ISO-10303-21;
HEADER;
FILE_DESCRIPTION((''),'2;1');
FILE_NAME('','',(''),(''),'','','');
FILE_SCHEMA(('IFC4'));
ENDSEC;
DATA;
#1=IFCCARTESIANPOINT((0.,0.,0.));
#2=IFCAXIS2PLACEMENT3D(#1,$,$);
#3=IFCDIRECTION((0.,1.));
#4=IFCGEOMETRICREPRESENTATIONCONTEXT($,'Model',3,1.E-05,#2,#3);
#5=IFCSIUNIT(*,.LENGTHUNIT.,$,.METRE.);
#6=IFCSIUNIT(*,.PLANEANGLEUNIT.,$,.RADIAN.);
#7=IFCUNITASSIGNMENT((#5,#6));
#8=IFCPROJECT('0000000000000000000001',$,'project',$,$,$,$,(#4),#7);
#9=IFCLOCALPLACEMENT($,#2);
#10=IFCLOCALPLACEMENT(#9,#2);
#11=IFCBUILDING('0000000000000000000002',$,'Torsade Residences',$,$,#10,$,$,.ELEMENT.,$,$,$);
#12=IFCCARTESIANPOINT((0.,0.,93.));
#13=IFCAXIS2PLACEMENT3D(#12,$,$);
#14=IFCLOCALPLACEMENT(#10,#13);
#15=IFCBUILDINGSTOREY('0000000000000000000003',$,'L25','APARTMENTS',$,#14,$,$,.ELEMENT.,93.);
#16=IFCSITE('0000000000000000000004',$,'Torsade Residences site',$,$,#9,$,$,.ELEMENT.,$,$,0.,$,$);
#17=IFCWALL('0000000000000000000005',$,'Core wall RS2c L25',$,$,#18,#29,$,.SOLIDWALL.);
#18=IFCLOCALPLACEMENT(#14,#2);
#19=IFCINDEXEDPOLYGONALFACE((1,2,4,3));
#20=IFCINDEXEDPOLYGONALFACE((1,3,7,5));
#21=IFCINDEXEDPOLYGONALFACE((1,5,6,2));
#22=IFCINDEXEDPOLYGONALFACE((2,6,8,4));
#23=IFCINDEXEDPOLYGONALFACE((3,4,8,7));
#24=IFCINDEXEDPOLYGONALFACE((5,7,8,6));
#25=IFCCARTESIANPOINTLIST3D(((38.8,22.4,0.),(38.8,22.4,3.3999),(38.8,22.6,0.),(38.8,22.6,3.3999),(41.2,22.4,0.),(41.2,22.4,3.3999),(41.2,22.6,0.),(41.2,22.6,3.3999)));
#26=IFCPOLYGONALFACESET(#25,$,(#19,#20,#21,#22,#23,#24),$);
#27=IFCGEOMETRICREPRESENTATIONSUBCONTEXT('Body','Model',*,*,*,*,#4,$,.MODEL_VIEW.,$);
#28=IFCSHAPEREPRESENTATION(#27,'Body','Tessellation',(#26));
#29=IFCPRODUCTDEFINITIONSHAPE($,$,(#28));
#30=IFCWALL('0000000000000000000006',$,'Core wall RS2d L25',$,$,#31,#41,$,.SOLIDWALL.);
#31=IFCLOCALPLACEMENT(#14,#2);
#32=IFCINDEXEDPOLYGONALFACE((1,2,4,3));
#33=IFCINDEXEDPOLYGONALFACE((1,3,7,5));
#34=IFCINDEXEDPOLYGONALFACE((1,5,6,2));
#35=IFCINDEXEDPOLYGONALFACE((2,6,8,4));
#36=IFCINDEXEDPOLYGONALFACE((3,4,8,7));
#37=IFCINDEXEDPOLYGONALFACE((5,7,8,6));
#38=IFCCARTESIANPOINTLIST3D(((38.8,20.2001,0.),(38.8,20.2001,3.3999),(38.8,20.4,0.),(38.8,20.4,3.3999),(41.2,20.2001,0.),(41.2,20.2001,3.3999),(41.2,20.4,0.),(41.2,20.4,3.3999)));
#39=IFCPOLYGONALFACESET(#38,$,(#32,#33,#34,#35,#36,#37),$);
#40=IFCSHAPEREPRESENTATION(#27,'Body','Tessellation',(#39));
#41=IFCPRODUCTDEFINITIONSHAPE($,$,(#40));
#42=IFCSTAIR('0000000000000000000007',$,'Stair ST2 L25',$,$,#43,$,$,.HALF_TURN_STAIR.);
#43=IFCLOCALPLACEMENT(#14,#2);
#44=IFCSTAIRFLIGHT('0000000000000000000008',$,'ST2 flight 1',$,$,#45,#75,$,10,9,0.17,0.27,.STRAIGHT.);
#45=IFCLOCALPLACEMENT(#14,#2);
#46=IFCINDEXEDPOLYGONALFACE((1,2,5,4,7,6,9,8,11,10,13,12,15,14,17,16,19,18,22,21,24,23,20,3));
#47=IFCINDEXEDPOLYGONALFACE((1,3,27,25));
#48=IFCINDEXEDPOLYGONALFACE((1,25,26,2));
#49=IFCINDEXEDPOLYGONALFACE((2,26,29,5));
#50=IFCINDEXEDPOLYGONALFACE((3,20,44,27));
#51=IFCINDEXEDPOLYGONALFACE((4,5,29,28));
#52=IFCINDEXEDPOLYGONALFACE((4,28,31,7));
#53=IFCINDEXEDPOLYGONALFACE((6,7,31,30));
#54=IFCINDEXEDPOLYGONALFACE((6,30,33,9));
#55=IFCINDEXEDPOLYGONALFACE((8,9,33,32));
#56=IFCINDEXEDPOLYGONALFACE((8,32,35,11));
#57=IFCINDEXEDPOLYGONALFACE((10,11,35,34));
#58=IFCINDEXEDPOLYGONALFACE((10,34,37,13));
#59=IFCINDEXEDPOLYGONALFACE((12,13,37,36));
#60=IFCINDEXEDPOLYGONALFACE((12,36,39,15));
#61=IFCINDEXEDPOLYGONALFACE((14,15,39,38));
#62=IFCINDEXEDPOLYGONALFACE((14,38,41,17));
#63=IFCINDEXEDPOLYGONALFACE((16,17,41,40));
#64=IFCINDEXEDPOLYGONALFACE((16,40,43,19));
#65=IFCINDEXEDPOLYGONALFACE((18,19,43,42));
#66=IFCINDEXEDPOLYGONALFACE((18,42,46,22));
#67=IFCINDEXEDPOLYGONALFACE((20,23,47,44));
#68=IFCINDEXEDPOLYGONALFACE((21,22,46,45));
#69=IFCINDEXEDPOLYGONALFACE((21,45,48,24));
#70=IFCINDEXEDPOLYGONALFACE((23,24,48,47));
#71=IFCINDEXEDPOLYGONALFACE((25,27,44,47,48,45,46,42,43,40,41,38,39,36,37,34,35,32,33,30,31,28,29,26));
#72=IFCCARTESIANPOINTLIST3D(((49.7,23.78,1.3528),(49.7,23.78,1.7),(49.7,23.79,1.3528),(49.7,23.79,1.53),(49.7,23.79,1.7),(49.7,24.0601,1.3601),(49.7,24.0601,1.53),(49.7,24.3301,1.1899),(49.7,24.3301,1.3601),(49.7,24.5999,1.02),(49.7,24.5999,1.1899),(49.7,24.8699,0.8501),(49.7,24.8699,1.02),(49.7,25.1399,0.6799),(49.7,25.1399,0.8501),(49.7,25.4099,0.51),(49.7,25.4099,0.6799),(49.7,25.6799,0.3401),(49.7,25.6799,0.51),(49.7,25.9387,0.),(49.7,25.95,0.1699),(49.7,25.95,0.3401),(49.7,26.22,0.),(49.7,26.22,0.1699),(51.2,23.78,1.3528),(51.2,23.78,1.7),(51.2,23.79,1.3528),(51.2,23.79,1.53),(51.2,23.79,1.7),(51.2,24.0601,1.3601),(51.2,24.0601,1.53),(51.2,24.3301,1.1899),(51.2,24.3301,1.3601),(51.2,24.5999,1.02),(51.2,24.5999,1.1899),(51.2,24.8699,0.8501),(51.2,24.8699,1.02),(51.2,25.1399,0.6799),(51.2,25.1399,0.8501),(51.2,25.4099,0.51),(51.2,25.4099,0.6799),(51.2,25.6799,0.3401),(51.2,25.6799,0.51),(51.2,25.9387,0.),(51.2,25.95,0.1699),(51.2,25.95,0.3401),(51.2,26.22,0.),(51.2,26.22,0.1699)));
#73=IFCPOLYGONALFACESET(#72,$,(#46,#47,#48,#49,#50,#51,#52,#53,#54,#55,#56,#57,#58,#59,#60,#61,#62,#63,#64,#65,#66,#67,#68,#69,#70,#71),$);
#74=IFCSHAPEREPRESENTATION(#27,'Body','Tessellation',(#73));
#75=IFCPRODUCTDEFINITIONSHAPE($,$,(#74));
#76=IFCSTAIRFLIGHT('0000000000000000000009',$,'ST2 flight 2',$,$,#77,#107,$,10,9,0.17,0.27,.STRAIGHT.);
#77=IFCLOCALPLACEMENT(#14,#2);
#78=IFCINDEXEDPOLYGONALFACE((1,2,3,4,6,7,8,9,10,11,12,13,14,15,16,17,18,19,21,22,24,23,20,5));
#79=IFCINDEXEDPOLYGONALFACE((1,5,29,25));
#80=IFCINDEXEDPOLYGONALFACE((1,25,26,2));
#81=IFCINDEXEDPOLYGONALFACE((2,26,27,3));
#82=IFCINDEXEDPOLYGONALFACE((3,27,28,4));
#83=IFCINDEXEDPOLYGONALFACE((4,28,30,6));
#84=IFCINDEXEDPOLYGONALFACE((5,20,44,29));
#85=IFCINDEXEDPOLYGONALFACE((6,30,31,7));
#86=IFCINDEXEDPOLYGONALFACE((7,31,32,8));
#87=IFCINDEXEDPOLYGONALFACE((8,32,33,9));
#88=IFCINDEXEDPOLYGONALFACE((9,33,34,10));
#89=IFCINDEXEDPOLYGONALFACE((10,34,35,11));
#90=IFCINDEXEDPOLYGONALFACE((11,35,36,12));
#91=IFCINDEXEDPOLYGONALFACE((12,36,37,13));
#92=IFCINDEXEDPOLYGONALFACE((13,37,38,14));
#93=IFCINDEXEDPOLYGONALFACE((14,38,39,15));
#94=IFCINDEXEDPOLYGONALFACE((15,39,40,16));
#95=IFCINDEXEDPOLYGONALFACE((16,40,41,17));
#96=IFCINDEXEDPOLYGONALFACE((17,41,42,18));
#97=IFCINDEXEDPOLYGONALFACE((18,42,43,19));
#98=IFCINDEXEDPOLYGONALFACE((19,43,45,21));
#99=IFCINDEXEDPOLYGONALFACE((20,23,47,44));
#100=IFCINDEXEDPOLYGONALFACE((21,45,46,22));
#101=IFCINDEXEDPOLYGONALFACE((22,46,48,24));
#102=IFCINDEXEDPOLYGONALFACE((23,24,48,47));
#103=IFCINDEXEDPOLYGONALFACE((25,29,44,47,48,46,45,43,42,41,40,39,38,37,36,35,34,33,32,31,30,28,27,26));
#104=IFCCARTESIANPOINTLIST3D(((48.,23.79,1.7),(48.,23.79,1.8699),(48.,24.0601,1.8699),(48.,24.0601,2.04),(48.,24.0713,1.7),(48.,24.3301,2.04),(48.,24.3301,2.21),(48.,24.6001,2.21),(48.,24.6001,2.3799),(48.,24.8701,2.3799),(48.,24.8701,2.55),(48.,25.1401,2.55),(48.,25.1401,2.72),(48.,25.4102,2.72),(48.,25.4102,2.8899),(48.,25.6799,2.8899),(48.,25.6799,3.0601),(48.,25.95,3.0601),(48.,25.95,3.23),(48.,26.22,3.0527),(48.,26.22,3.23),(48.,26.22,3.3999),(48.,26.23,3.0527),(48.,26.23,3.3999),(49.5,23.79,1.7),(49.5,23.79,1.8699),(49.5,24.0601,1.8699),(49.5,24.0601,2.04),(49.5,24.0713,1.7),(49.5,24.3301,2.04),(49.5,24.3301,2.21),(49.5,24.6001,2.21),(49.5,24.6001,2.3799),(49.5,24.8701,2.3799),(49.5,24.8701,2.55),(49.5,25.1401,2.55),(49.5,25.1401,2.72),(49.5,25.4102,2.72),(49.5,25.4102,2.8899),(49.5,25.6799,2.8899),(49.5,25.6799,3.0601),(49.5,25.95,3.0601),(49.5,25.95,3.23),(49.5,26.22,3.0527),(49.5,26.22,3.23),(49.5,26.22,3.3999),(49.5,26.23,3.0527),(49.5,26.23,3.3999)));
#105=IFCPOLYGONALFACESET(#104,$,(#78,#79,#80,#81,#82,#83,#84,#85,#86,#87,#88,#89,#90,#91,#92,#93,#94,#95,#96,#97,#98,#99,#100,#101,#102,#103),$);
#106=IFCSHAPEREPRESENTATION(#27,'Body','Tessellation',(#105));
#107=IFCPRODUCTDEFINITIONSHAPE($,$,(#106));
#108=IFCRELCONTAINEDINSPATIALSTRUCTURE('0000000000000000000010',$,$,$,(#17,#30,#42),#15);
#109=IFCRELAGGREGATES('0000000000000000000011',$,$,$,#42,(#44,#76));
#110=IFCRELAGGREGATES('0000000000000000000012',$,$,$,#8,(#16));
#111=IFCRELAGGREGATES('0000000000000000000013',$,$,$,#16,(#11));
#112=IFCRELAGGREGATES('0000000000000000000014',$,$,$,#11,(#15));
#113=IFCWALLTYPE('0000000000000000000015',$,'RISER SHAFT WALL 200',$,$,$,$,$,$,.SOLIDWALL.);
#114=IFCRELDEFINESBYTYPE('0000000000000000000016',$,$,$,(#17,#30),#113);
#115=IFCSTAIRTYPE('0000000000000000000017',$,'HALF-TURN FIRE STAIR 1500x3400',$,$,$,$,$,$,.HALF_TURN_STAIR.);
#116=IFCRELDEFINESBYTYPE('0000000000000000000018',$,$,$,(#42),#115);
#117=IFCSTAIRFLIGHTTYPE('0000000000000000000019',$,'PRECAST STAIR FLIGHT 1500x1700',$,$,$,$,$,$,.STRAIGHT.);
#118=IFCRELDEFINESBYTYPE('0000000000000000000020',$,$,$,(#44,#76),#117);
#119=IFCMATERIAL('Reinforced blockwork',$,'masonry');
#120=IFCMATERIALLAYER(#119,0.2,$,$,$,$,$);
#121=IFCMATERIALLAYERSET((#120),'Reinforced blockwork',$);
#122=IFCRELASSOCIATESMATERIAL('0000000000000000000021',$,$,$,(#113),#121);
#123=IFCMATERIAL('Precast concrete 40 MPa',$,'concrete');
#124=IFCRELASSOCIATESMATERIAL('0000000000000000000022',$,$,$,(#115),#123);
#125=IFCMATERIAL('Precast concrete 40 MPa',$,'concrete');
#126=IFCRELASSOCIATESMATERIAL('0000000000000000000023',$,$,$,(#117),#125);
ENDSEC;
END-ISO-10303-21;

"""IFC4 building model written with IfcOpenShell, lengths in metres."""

from ifc_helpers import new_model, si_unit, direction, frame, frame_2d, origin, place, context, subcontext, project, spatial, polyline, rectangle, outline, extrude, material, layer, layer_set, type_object, element, aggregate, save


model = new_model("IFC4")

# Units and contexts
model_context = context("Model", 3, precision=1e-05, world=origin(), true_north=direction((0.0, 1.0)))
body_context = subcontext(model_context, "Body", "Model", "MODEL_VIEW")
ifc_project = project(units=[si_unit("LENGTHUNIT", "METRE"), si_unit("PLANEANGLEUNIT", "RADIAN")], contexts=[model_context])

# Site, building, storey
site_placement = place(None, origin())
site = spatial("IfcSite", under=ifc_project, at=site_placement, Name="Torsade Residences site", CompositionType="ELEMENT", RefElevation=0.0)
building_placement = place(site_placement, origin())
building = spatial("IfcBuilding", under=site, at=building_placement, Name="Torsade Residences", CompositionType="ELEMENT")
storey_placement = place(building_placement, frame((0.0, 0.0, 93.0)))
storey = spatial("IfcBuildingStorey", under=building, at=storey_placement, Name="L25", Description="APARTMENTS", CompositionType="ELEMENT", Elevation=93.0)

# Walls
ifc_material_1 = material(Name="Reinforced blockwork", Category="masonry")
ifc_layer_1 = layer(ifc_material_1, 0.2)
ifc_layer_set_1 = layer_set([ifc_layer_1], Name="Reinforced blockwork")
wall_type_1 = type_object("IfcWallType", Name="RISER SHAFT WALL 200", PredefinedType="SOLIDWALL", material=ifc_layer_set_1)
for number, where, z_axis, x_axis, name in (
    (1, (38.8, 22.5, 0.0), (0.0, 0.0, 1.0), (1.0, 0.0, 0.0), "Core wall RS2c L25"),
    (2, (38.8, 20.3, 0.0), (0.0, 0.0, 1.0), (1.0, 0.0, 0.0), "Core wall RS2d L25"),
):
    element("IfcWall", number, at=place(storey_placement, frame(where, z_axis=z_axis, x_axis=x_axis)), inside=storey, type_object=wall_type_1, Name=name, PredefinedType="SOLIDWALL", context=body_context, shape_type="SweptSolid", body=[
        extrude(rectangle(XDim=2.3999, YDim=0.2, at=frame_2d((1.2, 0.0))), origin(), (0.0, 0.0, 1.0), 3.3999),
    ])

# Stair, stair flights
ifc_material_2 = material(Name="Precast concrete 40 MPa", Category="concrete")
stair_type = type_object("IfcStairType", Name="HALF-TURN FIRE STAIR 1500x3400", PredefinedType="HALF_TURN_STAIR", material=ifc_material_2)
stair_placement = place(storey_placement, origin())
stair = element("IfcStair", 3, at=stair_placement, inside=storey, type_object=stair_type, Name="Stair ST2 L25", PredefinedType="HALF_TURN_STAIR")
ifc_material_3 = material(Name="Precast concrete 40 MPa", Category="concrete")
stair_flight_type = type_object("IfcStairFlightType", Name="PRECAST STAIR FLIGHT 1500x1700", PredefinedType="STRAIGHT", material=ifc_material_3)
stair_flight_1_placement = place(storey_placement, frame((50.45, 26.22, 0.0), z_axis=(0.0, 0.0, 1.0), x_axis=(0.0, -1.0, 0.0)))
stair_flight_1 = element("IfcStairFlight", 4, at=stair_flight_1_placement, type_object=stair_flight_type, Name="ST2 flight 1", NumberOfRisers=10, NumberOfTreads=9, PredefinedType="STRAIGHT", RiserHeight=0.17, TreadLength=0.27, context=body_context, shape_type="SweptSolid", body=[
    extrude(outline(polyline([(0.0, 0.0), (0.0, 0.1699), (0.27, 0.1699), (0.27, 0.3401), (0.54, 0.3401), (0.54, 0.51), (0.8101, 0.51), (0.8101, 0.6799), (1.0801, 0.6799), (1.0801, 0.8501), (1.3501, 0.8501), (1.3501, 1.02), (1.6201, 1.02), (1.6201, 1.1899), (1.8899, 1.1899), (1.8899, 1.3601), (2.1599, 1.3601), (2.1599, 1.53), (2.4299, 1.53), (2.4299, 1.7), (2.4399, 1.7), (2.4399, 1.3528), (2.4299, 1.3528), (0.2812, 0.0), (0.0, 0.0)])), frame((0.0, 0.75, 0.0), z_axis=(0.0, -1.0, 0.0), x_axis=(1.0, 0.0, 0.0)), (0.0, 0.0, 1.0), 1.5),
])
stair_flight_2_placement = place(storey_placement, frame((48.75, 23.79, 1.7), z_axis=(0.0, 0.0, 1.0), x_axis=(0.0, 1.0, 0.0)))
stair_flight_2 = element("IfcStairFlight", 5, at=stair_flight_2_placement, type_object=stair_flight_type, Name="ST2 flight 2", NumberOfRisers=10, NumberOfTreads=9, PredefinedType="STRAIGHT", RiserHeight=0.17, TreadLength=0.27, context=body_context, shape_type="SweptSolid", body=[
    extrude(outline(polyline([(0.0, 0.0), (0.0, 0.1699), (0.27, 0.1699), (0.27, 0.3401), (0.54, 0.3401), (0.54, 0.51), (0.8101, 0.51), (0.8101, 0.6799), (1.0801, 0.6799), (1.0801, 0.8501), (1.3501, 0.8501), (1.3501, 1.02), (1.6201, 1.02), (1.6201, 1.1899), (1.8899, 1.1899), (1.8899, 1.3601), (2.1599, 1.3601), (2.1599, 1.53), (2.4299, 1.53), (2.4299, 1.7), (2.4399, 1.7), (2.4399, 1.3528), (2.4299, 1.3528), (0.2812, 0.0), (0.0, 0.0)])), frame((0.0, 0.75, 0.0), z_axis=(0.0, -1.0, 0.0), x_axis=(1.0, 0.0, 0.0)), (0.0, 0.0, 1.0), 1.5),
])
aggregate(stair, [stair_flight_1, stair_flight_2])

save(model, "model.ifc")
